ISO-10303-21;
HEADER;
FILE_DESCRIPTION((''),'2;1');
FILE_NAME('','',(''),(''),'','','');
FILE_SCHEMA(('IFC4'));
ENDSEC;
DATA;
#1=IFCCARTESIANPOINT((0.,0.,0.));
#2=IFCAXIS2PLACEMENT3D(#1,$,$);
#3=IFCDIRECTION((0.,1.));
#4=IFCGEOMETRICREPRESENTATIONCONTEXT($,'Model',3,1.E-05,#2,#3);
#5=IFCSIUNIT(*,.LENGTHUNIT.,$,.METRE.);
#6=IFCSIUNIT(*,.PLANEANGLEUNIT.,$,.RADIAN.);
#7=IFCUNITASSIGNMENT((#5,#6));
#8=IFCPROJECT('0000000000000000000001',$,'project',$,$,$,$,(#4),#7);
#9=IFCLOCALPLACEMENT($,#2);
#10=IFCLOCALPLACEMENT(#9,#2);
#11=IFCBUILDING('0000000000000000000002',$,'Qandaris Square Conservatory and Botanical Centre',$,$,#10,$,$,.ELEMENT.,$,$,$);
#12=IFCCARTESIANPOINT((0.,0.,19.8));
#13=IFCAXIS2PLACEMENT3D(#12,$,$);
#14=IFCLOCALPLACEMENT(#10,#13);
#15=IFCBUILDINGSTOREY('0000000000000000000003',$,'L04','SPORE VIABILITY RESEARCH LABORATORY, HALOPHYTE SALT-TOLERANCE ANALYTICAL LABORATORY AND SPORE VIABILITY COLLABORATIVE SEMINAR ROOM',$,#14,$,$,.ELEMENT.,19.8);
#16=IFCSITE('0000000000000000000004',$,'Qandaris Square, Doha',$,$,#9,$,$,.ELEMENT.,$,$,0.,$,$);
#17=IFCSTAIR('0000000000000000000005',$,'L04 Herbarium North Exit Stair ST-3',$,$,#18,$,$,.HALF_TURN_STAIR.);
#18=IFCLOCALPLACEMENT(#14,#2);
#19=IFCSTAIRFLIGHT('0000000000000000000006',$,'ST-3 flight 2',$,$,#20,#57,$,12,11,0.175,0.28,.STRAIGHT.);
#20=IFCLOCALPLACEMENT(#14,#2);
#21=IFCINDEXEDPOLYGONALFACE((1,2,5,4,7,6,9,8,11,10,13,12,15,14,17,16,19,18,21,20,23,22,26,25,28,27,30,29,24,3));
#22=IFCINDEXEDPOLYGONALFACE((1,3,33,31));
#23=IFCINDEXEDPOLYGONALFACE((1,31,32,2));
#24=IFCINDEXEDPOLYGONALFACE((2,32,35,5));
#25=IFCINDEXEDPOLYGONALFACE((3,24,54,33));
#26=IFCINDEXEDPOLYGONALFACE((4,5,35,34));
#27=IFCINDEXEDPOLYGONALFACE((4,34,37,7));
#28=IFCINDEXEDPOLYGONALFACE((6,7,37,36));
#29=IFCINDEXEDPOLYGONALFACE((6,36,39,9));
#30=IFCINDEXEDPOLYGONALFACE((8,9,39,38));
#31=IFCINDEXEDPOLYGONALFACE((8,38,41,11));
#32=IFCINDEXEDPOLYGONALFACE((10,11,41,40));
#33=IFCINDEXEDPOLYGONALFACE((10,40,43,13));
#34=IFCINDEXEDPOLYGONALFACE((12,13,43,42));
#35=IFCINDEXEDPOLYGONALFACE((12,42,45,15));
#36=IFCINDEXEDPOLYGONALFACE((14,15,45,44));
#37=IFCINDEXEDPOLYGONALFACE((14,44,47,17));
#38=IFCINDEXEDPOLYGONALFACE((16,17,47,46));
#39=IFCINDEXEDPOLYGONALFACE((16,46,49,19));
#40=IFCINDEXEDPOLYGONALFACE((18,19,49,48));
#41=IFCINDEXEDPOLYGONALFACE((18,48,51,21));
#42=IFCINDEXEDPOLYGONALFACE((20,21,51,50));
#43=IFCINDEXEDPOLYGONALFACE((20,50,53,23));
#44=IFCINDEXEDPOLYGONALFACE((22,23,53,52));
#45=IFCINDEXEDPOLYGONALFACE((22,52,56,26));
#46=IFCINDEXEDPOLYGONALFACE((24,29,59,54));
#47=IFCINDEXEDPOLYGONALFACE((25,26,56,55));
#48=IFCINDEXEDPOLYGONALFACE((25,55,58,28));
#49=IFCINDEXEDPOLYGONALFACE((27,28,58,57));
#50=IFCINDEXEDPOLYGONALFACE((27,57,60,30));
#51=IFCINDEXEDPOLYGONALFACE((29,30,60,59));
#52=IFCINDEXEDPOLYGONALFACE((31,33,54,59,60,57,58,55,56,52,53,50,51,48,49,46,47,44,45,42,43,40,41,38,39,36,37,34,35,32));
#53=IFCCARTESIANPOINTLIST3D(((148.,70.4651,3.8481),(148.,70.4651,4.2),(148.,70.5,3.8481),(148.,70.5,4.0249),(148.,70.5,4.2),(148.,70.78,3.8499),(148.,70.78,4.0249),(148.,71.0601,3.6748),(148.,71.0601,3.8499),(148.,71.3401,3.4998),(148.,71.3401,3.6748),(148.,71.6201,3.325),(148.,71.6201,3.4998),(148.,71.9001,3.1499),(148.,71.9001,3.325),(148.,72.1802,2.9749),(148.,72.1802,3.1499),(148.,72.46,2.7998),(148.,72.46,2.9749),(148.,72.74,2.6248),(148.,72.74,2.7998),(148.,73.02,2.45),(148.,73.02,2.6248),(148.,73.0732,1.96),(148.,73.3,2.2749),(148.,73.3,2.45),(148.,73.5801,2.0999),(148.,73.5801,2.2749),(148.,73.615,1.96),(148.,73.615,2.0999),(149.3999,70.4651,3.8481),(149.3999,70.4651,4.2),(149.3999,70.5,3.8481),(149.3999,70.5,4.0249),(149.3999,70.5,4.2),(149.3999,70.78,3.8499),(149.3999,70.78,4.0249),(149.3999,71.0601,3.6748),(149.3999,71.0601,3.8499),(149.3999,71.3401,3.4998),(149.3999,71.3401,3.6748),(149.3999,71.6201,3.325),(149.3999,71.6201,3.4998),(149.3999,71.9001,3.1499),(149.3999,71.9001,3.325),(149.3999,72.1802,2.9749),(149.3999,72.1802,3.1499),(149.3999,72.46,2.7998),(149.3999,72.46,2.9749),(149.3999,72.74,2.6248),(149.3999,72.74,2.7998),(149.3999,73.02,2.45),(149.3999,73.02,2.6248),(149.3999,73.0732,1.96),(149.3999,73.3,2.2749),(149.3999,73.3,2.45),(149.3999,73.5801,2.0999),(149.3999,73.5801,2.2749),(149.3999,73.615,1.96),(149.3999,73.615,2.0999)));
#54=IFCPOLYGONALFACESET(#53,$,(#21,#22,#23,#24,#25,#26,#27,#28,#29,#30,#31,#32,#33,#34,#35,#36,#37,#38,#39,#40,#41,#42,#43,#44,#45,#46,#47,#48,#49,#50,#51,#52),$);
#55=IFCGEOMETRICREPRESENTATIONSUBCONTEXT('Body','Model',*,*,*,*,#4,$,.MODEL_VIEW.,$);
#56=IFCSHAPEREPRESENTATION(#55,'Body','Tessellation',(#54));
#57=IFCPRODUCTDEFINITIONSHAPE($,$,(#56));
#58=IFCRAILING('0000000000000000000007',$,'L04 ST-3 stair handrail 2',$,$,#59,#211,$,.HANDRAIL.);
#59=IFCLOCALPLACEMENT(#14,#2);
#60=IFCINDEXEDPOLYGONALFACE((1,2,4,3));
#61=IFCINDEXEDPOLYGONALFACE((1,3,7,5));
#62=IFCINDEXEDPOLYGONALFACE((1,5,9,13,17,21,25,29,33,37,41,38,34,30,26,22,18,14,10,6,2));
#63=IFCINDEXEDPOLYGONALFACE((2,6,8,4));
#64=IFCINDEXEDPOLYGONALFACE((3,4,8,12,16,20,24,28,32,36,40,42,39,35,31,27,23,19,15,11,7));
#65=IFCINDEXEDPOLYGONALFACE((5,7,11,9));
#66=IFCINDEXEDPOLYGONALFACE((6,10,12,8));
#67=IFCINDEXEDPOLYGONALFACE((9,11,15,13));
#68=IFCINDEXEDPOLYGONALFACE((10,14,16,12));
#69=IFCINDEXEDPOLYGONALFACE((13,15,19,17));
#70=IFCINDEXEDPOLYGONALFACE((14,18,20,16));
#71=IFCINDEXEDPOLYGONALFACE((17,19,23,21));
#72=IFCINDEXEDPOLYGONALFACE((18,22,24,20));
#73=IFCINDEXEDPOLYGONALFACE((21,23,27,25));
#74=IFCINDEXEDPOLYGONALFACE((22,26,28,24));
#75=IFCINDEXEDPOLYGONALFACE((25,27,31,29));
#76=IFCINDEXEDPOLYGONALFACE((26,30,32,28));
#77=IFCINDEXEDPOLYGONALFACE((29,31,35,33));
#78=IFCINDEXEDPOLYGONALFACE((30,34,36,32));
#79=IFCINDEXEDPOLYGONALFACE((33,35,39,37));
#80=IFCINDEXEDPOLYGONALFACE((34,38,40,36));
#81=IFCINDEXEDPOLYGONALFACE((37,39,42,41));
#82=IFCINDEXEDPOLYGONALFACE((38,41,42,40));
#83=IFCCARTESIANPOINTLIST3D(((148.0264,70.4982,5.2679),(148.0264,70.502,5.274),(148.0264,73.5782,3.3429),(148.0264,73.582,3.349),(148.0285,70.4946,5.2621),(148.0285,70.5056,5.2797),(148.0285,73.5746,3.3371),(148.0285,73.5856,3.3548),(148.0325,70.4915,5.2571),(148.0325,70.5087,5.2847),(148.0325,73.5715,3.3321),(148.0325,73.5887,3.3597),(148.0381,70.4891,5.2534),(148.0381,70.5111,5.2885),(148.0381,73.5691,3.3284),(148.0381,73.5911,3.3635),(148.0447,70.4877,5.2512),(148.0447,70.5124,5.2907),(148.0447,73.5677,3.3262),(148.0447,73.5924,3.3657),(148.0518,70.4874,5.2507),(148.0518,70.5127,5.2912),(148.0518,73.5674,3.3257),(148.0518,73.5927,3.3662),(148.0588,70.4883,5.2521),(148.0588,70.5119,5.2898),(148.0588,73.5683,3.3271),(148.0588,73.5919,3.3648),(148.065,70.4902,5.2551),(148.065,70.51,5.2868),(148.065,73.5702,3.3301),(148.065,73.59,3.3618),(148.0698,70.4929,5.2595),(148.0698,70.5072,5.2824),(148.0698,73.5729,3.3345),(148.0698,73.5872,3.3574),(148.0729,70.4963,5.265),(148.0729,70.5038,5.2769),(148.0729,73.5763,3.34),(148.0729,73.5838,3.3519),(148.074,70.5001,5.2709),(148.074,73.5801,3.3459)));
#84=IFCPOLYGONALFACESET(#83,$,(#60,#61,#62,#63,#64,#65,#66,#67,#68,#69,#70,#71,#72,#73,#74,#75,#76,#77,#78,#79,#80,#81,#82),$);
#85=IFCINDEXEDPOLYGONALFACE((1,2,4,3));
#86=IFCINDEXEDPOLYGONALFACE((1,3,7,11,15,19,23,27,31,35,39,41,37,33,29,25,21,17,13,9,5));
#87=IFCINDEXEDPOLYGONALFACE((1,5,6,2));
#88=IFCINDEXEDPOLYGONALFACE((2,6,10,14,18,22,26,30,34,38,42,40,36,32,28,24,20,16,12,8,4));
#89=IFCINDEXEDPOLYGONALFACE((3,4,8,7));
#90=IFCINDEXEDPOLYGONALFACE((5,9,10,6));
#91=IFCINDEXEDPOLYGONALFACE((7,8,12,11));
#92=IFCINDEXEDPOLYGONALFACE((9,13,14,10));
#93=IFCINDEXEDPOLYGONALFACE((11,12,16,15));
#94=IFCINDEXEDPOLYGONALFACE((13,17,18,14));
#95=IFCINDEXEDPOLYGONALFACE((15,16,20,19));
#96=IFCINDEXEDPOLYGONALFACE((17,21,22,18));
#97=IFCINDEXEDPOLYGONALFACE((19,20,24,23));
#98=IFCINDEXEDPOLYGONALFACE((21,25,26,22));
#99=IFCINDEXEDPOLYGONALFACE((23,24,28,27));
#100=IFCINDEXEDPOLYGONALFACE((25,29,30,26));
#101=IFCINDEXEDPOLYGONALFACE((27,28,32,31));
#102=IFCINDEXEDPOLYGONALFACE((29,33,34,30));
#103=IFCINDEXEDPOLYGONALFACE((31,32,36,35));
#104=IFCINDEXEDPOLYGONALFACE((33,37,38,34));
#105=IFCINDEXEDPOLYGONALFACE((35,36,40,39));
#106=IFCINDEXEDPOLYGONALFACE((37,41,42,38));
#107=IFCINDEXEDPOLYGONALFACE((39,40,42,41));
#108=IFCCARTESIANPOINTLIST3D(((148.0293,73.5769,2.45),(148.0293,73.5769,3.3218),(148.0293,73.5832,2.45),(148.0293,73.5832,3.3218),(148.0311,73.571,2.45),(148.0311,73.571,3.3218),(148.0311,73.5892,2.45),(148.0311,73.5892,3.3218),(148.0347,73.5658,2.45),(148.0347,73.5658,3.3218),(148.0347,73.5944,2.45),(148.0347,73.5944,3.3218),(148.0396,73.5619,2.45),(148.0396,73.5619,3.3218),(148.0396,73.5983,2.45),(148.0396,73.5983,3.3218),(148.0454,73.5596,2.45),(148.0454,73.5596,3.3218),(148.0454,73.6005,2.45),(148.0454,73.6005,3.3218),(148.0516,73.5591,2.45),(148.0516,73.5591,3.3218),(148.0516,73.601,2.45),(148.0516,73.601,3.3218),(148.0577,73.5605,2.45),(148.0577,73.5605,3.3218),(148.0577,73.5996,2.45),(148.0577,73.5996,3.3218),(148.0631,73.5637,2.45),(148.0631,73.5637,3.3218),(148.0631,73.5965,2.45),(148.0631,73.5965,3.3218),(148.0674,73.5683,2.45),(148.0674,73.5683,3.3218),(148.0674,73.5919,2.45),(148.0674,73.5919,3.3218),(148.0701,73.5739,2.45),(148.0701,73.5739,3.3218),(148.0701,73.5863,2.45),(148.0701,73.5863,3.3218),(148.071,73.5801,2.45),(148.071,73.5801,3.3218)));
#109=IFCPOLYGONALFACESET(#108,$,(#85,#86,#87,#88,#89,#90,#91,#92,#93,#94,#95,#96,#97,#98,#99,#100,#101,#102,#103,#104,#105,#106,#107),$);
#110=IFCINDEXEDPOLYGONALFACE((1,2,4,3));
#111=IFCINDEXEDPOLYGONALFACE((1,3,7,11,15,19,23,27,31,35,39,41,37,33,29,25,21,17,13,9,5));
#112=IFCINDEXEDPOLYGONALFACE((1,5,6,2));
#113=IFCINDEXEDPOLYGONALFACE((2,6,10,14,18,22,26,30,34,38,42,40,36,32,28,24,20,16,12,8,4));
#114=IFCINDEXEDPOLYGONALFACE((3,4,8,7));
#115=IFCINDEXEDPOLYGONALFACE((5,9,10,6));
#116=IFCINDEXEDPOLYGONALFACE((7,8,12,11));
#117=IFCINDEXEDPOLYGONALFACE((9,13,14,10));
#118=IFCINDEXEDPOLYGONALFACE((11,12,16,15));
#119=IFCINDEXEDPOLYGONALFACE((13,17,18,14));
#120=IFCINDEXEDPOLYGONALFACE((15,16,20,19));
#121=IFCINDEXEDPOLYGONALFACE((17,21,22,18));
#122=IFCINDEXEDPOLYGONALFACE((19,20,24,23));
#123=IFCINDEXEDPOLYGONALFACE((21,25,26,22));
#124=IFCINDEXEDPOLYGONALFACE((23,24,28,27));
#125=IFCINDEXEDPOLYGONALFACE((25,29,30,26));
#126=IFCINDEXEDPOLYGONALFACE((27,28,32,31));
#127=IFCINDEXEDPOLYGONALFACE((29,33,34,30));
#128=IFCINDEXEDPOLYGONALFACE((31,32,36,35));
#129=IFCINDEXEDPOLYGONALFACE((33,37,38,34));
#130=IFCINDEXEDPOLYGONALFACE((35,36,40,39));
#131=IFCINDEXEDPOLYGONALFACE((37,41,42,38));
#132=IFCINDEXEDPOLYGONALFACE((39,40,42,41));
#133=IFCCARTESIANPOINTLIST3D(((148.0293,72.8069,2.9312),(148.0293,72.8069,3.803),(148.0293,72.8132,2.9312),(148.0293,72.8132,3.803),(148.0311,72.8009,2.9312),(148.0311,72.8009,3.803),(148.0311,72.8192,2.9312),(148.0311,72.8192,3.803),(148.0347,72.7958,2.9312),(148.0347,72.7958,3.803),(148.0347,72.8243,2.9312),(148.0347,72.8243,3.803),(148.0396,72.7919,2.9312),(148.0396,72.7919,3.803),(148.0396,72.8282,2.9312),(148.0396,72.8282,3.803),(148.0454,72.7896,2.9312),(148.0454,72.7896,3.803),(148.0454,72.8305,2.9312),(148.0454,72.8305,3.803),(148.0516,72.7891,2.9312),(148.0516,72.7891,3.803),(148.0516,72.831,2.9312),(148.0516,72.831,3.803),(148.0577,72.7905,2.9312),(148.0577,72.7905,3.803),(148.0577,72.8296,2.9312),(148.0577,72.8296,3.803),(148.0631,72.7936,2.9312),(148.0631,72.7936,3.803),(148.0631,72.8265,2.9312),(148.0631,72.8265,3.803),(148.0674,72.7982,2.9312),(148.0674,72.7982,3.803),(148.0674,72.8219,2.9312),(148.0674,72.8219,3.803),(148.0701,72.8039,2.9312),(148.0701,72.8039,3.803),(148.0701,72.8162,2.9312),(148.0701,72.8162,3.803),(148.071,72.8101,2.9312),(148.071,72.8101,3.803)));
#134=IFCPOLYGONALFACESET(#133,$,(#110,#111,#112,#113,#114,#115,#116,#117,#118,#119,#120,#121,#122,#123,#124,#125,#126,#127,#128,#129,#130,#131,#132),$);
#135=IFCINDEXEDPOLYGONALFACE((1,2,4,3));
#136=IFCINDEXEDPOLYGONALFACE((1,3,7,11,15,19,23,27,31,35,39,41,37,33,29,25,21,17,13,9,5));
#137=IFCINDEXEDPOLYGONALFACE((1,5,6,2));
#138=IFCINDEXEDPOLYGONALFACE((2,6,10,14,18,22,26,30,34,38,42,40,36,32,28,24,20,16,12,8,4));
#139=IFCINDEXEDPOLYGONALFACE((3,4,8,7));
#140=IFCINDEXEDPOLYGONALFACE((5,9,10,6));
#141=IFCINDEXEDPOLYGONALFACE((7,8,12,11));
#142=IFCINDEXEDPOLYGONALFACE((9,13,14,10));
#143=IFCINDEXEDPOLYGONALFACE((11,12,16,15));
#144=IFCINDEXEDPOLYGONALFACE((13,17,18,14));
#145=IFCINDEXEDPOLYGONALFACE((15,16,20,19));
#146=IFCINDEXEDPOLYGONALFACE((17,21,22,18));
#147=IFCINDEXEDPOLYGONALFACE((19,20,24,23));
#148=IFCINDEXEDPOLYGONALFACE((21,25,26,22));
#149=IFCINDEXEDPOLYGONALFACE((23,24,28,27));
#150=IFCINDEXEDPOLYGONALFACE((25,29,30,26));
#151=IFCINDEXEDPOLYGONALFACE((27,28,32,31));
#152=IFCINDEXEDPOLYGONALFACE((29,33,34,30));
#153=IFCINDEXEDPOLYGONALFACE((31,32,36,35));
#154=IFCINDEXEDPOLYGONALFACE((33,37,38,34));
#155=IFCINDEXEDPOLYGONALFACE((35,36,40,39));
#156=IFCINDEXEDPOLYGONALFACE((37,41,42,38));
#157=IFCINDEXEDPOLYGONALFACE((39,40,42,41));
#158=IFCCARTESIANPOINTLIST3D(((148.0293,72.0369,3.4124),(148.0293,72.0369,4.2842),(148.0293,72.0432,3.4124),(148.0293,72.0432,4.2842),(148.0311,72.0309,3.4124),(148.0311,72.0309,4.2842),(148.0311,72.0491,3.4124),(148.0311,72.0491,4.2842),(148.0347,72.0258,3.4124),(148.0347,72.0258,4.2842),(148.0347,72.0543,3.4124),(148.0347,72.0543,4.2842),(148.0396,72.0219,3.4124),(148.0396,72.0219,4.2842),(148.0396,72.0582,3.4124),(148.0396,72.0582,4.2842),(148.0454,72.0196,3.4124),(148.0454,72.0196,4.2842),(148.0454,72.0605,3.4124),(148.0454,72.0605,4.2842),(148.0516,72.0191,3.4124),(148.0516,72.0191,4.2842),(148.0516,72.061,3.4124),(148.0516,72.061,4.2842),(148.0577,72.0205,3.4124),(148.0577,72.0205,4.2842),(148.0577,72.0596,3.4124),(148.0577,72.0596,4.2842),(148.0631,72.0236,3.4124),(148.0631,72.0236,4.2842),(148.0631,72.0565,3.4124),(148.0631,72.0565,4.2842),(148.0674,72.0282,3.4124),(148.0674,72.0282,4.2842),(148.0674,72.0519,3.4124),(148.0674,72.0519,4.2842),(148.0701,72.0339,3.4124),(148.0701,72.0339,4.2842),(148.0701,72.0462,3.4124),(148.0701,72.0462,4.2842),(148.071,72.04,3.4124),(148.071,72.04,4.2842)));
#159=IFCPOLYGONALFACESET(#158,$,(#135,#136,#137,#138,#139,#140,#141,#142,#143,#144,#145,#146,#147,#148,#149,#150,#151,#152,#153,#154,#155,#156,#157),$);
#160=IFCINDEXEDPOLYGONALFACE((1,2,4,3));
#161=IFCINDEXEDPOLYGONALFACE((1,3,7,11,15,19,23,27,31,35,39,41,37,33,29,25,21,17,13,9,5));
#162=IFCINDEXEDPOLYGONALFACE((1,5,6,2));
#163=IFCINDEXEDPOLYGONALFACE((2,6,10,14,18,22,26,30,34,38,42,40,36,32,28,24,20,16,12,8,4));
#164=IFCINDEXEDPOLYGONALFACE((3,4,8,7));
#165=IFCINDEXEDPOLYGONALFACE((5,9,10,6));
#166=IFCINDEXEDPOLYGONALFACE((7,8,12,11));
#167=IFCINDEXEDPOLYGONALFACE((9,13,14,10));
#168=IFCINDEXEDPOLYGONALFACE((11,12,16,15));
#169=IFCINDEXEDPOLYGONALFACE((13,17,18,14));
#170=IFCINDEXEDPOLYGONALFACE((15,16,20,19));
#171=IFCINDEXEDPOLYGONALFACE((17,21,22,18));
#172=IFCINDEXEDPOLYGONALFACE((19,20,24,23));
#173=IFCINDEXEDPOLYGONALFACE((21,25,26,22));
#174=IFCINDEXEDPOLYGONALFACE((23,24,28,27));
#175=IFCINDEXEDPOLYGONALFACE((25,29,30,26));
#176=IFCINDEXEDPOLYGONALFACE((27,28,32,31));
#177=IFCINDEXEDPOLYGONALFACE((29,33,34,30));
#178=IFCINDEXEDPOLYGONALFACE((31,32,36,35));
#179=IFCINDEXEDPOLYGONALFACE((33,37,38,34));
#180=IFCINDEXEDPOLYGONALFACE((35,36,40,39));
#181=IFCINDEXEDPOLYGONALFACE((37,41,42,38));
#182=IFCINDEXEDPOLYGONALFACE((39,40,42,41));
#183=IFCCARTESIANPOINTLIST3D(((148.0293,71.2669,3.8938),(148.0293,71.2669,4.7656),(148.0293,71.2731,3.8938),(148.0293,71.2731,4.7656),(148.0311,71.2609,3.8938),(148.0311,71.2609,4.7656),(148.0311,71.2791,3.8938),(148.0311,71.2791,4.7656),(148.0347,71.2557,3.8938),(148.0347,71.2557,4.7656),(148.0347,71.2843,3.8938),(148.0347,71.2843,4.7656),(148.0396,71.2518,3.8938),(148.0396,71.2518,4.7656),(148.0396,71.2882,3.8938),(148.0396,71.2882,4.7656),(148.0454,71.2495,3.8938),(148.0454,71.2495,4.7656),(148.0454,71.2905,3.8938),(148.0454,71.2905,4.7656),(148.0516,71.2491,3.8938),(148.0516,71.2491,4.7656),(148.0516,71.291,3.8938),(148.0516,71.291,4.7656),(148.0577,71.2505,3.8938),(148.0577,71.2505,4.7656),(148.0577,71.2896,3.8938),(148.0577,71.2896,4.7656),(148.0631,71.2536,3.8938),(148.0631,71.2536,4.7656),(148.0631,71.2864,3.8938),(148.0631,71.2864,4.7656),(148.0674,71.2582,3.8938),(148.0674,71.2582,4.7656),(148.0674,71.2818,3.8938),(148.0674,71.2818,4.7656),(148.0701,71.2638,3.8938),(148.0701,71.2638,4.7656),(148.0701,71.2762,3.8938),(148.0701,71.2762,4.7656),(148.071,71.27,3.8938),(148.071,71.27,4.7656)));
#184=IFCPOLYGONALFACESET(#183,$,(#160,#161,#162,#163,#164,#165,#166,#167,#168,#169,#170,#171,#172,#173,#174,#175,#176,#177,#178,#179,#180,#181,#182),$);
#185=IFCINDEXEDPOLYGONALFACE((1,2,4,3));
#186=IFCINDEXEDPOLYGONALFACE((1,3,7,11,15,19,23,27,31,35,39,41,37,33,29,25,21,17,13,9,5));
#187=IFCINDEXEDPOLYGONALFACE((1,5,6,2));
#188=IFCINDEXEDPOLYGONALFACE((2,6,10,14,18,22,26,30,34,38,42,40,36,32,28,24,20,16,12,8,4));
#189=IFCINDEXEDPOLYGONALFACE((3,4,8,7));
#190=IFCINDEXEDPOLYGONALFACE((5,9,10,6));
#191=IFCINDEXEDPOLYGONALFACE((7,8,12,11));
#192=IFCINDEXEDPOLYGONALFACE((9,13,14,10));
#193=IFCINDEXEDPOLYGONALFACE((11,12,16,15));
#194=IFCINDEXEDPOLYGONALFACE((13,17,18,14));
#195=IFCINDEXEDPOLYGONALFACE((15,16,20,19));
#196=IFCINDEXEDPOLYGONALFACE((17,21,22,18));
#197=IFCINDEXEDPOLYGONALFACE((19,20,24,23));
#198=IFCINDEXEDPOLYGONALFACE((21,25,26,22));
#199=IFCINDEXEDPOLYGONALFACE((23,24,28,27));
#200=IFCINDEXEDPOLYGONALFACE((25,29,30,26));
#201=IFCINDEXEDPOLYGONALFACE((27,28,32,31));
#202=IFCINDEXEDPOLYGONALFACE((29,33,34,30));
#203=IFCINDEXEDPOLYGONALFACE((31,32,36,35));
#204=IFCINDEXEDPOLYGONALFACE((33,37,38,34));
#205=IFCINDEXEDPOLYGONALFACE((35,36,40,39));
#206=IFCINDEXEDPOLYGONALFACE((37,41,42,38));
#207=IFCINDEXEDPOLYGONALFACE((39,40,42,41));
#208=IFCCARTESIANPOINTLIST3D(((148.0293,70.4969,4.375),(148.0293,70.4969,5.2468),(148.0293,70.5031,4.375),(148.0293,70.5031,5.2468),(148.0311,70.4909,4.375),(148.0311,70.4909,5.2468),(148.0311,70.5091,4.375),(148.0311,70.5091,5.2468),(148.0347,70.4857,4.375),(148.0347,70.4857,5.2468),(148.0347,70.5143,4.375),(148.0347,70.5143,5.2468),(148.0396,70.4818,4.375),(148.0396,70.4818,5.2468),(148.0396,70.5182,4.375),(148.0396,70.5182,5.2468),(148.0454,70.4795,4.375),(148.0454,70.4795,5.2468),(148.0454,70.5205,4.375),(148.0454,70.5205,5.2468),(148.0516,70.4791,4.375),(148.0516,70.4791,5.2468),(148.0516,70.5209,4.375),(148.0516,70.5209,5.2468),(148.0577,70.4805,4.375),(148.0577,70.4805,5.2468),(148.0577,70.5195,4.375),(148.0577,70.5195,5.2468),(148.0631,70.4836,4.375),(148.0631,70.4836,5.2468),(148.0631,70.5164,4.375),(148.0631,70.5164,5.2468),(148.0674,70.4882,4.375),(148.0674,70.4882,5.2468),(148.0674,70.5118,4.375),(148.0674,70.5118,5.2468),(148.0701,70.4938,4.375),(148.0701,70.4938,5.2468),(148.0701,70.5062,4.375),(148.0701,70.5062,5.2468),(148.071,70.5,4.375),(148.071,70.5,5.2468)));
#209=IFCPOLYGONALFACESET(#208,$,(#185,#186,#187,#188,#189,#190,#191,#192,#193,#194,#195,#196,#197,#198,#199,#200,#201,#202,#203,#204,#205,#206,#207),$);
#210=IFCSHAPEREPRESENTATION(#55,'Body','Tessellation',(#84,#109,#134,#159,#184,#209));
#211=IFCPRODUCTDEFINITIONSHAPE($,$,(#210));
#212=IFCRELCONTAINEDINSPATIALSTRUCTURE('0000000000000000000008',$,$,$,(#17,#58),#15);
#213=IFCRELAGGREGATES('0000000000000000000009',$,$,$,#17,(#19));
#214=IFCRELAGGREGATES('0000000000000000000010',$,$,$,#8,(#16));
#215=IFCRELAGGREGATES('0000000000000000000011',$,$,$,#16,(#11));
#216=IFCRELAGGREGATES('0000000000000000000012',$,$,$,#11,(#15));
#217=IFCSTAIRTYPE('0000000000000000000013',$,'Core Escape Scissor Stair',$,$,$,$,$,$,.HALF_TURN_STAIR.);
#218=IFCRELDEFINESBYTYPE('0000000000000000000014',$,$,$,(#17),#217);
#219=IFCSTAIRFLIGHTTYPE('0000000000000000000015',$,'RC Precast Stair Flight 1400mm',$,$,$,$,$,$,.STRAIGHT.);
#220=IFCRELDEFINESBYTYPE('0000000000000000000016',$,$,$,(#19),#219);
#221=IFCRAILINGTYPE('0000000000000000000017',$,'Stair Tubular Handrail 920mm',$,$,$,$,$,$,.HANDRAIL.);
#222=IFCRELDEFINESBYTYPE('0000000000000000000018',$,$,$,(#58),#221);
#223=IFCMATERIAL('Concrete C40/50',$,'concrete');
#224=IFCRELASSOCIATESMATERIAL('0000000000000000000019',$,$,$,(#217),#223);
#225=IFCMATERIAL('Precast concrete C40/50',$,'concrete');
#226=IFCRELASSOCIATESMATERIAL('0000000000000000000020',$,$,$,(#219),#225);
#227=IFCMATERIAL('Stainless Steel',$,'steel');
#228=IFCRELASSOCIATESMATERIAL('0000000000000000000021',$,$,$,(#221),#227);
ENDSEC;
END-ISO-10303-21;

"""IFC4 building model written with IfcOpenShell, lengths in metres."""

from ifc_helpers import new_model, si_unit, direction, frame, origin, origin_2d, place, context, subcontext, project, spatial, polyline, circle, outline, extrude, material, type_object, element, aggregate, save


model = new_model("IFC4")

# Units and contexts
model_context = context("Model", 3, precision=1e-05, world=origin(), true_north=direction((0.0, 1.0)))
body_context = subcontext(model_context, "Body", "Model", "MODEL_VIEW")
ifc_project = project(units=[si_unit("LENGTHUNIT", "METRE"), si_unit("PLANEANGLEUNIT", "RADIAN")], contexts=[model_context])

# Site, building, storey
site_placement = place(None, origin())
site = spatial("IfcSite", under=ifc_project, at=site_placement, Name="Qandaris Square, Doha", CompositionType="ELEMENT", RefElevation=0.0)
building_placement = place(site_placement, origin())
building = spatial("IfcBuilding", under=site, at=building_placement, Name="Qandaris Square Conservatory and Botanical Centre", CompositionType="ELEMENT")
storey_placement = place(building_placement, frame((0.0, 0.0, 19.8)))
storey = spatial("IfcBuildingStorey", under=building, at=storey_placement, Name="L04", Description="SPORE VIABILITY RESEARCH LABORATORY, HALOPHYTE SALT-TOLERANCE ANALYTICAL LABORATORY AND SPORE VIABILITY COLLABORATIVE SEMINAR ROOM", CompositionType="ELEMENT", Elevation=19.8)

# Shared definitions
ifc_material_1 = material(Name="Precast concrete C40/50", Category="concrete")

# Stair, stair flight
ifc_material_2 = material(Name="Concrete C40/50", Category="concrete")
stair_type = type_object("IfcStairType", Name="Core Escape Scissor Stair", PredefinedType="HALF_TURN_STAIR", material=ifc_material_2)
stair_placement = place(storey_placement, origin())
stair = element("IfcStair", 1, at=stair_placement, inside=storey, type_object=stair_type, Name="L04 Herbarium North Exit Stair ST-3", PredefinedType="HALF_TURN_STAIR")
stair_flight_type = type_object("IfcStairFlightType", Name="RC Precast Stair Flight 1400mm", PredefinedType="STRAIGHT", material=ifc_material_1)
stair_flight_placement = place(storey_placement, frame((148.7, 73.5801, 2.0999), z_axis=(0.0, 0.0, 1.0), x_axis=(0.0, -1.0, 0.0)))
stair_flight = element("IfcStairFlight", 2, at=stair_flight_placement, type_object=stair_flight_type, Name="ST-3 flight 2", NumberOfRisers=12, NumberOfTreads=11, PredefinedType="STRAIGHT", RiserHeight=0.175, TreadLength=0.28, context=body_context, shape_type="SweptSolid", body=[
    extrude(outline(polyline([(-0.0349, 0.0), (0.0, 0.0), (0.0, 0.175), (0.28, 0.175), (0.28, 0.3501), (0.5601, 0.3501), (0.5601, 0.5249), (0.8401, 0.5249), (0.8401, 0.7), (1.1201, 0.7), (1.1201, 0.875), (1.3999, 0.875), (1.3999, 1.05), (1.6799, 1.05), (1.6799, 1.2251), (1.96, 1.2251), (1.96, 1.3999), (2.24, 1.3999), (2.24, 1.575), (2.52, 1.575), (2.52, 1.75), (2.8, 1.75), (2.8, 1.925), (3.0801, 1.925), (3.0801, 2.1001), (3.115, 2.1001), (3.115, 1.7483), (3.0801, 1.7483), (0.5068, -0.1399), (-0.0349, -0.1399), (-0.0349, 0.0)])), frame((0.0, 0.7, 0.0), z_axis=(0.0, -1.0, 0.0), x_axis=(1.0, 0.0, 0.0)), (0.0, 0.0, 1.0), 1.3999),
])
aggregate(stair, [stair_flight])

# Railing
ifc_material_3 = material(Name="Stainless Steel", Category="steel")
railing_type_1 = type_object("IfcRailingType", Name="Stair Tubular Handrail 920mm", PredefinedType="HANDRAIL", material=ifc_material_3)
railing_1_placement = place(storey_placement, frame((148.05, 73.5801, 2.45)))
element("IfcRailing", 3, at=railing_1_placement, inside=storey, type_object=railing_type_1, Name="L04 ST-3 stair handrail 2", PredefinedType="HANDRAIL", context=body_context, shape_type="SweptSolid", body=[
    extrude(circle(Radius=0.0239, at=origin_2d()), frame((0.0, 0.0, 0.896), z_axis=(0.0, -0.847998, 0.529999), x_axis=(1.0, 0.0, 0.0)), (0.0, 0.0, 1.0), 3.6321),
    extrude(circle(Radius=0.021, at=origin_2d()), origin(), (0.0, 0.0, 1.0), 0.8718),
    extrude(circle(Radius=0.021, at=origin_2d()), frame((0.0, -0.77, 0.4812)), (0.0, 0.0, 1.0), 0.8718),
    extrude(circle(Radius=0.021, at=origin_2d()), frame((0.0, -1.54, 0.9624)), (0.0, 0.0, 1.0), 0.8718),
    extrude(circle(Radius=0.021, at=origin_2d()), frame((0.0, -2.3101, 1.4438)), (0.0, 0.0, 1.0), 0.8718),
    extrude(circle(Radius=0.021, at=origin_2d()), frame((0.0, -3.0801, 1.925)), (0.0, 0.0, 1.0), 0.8718),
])

save(model, "model.ifc")
